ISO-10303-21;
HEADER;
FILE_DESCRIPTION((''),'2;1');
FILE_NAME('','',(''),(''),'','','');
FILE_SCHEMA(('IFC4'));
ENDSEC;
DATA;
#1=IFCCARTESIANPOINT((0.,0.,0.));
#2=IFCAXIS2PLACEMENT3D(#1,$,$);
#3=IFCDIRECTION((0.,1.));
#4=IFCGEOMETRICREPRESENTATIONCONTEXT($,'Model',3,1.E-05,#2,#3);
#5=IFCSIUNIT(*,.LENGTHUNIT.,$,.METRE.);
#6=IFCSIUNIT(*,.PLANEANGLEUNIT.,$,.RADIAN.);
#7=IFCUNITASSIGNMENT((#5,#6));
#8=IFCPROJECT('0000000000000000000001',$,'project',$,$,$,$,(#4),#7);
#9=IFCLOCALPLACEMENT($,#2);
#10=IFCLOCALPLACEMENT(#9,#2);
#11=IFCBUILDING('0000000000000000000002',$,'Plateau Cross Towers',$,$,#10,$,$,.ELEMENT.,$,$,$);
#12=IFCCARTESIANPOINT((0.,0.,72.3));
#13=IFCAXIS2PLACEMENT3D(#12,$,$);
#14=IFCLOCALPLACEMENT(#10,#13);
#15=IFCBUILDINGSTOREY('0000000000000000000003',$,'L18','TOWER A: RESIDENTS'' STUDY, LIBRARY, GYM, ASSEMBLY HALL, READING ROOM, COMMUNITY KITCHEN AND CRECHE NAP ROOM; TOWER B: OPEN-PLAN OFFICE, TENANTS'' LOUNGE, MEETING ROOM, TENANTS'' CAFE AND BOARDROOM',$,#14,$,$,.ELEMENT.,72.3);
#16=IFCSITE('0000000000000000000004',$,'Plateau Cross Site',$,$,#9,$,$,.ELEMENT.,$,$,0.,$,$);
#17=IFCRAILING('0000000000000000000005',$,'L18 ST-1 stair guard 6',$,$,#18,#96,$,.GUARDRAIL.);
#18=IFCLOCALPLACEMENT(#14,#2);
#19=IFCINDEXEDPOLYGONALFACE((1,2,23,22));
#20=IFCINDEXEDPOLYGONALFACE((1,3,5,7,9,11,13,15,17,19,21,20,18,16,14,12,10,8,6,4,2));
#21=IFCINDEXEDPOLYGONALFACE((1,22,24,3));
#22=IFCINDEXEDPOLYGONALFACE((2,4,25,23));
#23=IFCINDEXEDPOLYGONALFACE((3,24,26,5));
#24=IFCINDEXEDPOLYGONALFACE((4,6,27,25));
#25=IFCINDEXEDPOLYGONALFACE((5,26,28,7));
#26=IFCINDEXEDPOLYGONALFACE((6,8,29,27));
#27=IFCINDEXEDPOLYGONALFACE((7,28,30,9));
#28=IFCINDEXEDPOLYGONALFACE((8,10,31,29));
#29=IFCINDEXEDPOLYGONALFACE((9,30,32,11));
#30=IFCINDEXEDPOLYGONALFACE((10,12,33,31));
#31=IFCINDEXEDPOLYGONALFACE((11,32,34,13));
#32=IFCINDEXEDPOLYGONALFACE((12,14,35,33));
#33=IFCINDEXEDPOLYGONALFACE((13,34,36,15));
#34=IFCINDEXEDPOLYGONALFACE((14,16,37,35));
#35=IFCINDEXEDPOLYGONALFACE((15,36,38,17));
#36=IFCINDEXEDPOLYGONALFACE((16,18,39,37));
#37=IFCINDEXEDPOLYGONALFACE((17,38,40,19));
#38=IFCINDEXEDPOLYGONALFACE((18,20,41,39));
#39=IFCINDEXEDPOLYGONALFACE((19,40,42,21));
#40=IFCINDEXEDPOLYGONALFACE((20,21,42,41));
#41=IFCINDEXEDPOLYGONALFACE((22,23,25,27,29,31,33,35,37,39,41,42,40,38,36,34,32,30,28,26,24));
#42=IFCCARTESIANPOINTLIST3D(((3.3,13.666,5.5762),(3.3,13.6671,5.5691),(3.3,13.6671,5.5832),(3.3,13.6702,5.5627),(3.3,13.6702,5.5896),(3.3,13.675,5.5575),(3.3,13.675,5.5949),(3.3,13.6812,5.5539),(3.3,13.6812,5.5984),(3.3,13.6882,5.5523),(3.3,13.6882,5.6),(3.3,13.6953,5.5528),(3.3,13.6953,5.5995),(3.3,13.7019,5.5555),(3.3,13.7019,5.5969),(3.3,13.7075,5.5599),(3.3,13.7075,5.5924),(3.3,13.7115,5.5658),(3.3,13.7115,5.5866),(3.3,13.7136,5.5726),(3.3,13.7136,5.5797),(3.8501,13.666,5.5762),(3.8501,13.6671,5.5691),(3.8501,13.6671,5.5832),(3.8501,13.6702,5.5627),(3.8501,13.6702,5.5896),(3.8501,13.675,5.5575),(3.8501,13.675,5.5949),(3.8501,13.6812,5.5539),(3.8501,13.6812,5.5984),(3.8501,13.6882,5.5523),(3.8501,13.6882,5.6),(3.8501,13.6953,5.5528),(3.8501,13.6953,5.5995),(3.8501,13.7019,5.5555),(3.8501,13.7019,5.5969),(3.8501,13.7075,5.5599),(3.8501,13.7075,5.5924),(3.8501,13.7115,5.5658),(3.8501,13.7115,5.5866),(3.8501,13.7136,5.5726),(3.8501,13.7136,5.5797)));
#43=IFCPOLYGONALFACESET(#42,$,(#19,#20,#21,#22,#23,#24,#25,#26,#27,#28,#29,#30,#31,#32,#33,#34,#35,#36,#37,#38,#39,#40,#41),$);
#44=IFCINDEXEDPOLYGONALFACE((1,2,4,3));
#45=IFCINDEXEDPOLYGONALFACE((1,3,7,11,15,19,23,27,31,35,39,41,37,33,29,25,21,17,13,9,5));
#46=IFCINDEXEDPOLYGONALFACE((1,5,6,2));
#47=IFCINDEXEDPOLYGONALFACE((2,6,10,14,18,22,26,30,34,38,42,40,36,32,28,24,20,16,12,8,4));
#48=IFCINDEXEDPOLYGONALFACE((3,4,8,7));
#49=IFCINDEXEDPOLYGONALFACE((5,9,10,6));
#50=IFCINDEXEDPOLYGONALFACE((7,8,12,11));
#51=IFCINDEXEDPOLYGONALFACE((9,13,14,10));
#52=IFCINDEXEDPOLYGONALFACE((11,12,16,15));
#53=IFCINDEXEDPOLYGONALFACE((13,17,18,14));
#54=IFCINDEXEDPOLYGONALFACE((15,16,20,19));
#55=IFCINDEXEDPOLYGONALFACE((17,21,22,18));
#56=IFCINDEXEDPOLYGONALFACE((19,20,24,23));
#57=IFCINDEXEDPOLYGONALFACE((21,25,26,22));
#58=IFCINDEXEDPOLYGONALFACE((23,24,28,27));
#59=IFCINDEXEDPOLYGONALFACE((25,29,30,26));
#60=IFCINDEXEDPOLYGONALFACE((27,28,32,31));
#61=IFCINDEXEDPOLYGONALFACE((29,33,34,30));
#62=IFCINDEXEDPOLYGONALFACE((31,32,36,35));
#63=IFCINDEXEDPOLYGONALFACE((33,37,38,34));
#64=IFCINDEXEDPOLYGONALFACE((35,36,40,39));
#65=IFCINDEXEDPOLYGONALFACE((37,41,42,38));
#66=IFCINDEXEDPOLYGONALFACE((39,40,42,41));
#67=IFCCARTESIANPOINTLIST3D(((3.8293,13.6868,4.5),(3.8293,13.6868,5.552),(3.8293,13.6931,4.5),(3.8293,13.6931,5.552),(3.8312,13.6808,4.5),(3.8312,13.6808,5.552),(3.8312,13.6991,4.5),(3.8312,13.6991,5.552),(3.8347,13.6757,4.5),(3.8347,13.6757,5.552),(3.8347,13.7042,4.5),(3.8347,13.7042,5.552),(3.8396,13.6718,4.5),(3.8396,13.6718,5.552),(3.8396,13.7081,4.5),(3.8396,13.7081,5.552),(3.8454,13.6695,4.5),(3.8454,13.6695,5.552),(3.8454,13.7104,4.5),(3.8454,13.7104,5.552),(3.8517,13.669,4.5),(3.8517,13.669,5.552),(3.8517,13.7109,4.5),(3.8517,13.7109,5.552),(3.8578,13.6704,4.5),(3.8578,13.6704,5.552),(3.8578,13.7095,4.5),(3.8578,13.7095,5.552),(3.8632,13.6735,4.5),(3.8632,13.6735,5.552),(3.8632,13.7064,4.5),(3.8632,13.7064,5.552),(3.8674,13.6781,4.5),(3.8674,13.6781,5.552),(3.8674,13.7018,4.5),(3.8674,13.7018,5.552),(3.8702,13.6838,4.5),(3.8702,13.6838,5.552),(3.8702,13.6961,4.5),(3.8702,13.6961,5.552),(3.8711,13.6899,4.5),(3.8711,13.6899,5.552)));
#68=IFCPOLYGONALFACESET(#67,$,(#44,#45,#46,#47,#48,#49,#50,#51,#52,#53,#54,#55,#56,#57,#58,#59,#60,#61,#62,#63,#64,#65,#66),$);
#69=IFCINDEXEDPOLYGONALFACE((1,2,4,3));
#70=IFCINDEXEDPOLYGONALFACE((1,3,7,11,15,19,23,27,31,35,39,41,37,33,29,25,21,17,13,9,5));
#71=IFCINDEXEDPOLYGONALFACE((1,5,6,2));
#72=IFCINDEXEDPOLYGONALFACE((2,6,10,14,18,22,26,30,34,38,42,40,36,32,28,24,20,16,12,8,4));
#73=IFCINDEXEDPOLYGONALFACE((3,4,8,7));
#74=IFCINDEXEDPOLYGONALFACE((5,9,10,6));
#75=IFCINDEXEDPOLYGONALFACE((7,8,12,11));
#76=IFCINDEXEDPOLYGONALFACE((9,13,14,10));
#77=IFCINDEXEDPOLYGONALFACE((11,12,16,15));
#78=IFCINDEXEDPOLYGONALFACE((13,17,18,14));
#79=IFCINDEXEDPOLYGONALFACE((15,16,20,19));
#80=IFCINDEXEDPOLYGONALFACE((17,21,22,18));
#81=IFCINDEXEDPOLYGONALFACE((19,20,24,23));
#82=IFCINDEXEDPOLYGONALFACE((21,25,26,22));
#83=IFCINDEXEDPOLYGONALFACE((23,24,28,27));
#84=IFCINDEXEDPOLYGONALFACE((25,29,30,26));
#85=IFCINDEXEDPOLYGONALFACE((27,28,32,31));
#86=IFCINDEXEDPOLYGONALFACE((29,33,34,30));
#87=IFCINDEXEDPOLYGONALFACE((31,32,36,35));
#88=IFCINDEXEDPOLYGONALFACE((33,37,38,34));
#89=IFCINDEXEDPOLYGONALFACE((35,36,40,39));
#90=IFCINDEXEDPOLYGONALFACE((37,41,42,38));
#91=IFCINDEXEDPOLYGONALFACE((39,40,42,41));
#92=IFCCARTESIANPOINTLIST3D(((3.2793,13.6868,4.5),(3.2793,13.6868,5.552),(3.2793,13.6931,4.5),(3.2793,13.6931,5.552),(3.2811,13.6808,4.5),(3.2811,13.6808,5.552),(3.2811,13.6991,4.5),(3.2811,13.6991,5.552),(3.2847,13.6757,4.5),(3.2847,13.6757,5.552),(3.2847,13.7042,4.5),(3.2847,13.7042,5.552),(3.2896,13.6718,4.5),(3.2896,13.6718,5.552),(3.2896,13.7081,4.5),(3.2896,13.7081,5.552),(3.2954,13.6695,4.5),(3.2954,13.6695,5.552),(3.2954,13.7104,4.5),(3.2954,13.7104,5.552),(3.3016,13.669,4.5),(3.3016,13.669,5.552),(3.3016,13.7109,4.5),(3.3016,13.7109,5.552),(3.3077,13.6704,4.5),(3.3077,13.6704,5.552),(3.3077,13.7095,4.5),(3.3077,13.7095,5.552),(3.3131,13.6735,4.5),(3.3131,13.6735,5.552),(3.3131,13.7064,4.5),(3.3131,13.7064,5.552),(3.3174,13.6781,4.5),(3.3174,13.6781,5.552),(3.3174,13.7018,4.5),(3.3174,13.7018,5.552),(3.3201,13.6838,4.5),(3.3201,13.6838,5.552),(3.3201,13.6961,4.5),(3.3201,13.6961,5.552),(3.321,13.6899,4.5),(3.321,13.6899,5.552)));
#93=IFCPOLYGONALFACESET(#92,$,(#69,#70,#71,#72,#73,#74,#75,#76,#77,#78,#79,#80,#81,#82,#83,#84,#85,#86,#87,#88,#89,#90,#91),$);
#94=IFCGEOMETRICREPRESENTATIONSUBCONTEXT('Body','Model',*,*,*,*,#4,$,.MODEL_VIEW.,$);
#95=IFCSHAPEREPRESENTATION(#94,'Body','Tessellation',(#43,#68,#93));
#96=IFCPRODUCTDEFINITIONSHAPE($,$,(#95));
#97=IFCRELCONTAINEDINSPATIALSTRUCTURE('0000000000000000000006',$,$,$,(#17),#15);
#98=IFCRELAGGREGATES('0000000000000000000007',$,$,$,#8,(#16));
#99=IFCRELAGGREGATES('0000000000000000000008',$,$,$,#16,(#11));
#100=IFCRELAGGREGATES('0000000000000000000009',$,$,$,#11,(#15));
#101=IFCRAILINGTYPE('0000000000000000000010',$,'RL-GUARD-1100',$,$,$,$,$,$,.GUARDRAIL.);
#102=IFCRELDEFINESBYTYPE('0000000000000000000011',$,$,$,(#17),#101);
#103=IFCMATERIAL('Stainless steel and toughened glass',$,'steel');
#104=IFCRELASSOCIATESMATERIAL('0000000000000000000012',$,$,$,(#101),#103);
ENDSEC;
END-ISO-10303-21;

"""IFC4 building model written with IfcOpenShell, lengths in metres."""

from ifc_helpers import new_model, si_unit, direction, frame, origin, origin_2d, place, context, subcontext, project, spatial, circle, extrude, material, type_object, element, save


model = new_model("IFC4")

# Units and contexts
model_context = context("Model", 3, precision=1e-05, world=origin(), true_north=direction((0.0, 1.0)))
body_context = subcontext(model_context, "Body", "Model", "MODEL_VIEW")
ifc_project = project(units=[si_unit("LENGTHUNIT", "METRE"), si_unit("PLANEANGLEUNIT", "RADIAN")], contexts=[model_context])

# Site, building, storey
site_placement = place(None, origin())
site = spatial("IfcSite", under=ifc_project, at=site_placement, Name="Plateau Cross Site", CompositionType="ELEMENT", RefElevation=0.0)
building_placement = place(site_placement, origin())
building = spatial("IfcBuilding", under=site, at=building_placement, Name="Plateau Cross Towers", CompositionType="ELEMENT")
storey_placement = place(building_placement, frame((0.0, 0.0, 72.3)))
storey = spatial("IfcBuildingStorey", under=building, at=storey_placement, Name="L18", Description="TOWER A: RESIDENTS' STUDY, LIBRARY, GYM, ASSEMBLY HALL, READING ROOM, COMMUNITY KITCHEN AND CRECHE NAP ROOM; TOWER B: OPEN-PLAN OFFICE, TENANTS' LOUNGE, MEETING ROOM, TENANTS' CAFE AND BOARDROOM", CompositionType="ELEMENT", Elevation=72.3)

# Railing
ifc_material_1 = material(Name="Stainless steel and toughened glass", Category="steel")
railing_type_1 = type_object("IfcRailingType", Name="RL-GUARD-1100", PredefinedType="GUARDRAIL", material=ifc_material_1)
railing_1_placement = place(storey_placement, frame((3.8501, 13.6899, 4.5)))
element("IfcRailing", 1, at=railing_1_placement, inside=storey, type_object=railing_type_1, Name="L18 ST-1 stair guard 6", PredefinedType="GUARDRAIL", context=body_context, shape_type="SweptSolid", body=[
    extrude(circle(Radius=0.0239, at=origin_2d()), frame((0.0, 0.0, 1.0762), z_axis=(-1.0, 0.0, 0.0), x_axis=(0.0, -1.0, 0.0)), (0.0, 0.0, 1.0), 0.55),
    extrude(circle(Radius=0.021, at=origin_2d()), origin(), (0.0, 0.0, 1.0), 1.052),
    extrude(circle(Radius=0.021, at=origin_2d()), frame((-0.55, 0.0, 0.0)), (0.0, 0.0, 1.0), 1.052),
])

save(model, "model.ifc")
